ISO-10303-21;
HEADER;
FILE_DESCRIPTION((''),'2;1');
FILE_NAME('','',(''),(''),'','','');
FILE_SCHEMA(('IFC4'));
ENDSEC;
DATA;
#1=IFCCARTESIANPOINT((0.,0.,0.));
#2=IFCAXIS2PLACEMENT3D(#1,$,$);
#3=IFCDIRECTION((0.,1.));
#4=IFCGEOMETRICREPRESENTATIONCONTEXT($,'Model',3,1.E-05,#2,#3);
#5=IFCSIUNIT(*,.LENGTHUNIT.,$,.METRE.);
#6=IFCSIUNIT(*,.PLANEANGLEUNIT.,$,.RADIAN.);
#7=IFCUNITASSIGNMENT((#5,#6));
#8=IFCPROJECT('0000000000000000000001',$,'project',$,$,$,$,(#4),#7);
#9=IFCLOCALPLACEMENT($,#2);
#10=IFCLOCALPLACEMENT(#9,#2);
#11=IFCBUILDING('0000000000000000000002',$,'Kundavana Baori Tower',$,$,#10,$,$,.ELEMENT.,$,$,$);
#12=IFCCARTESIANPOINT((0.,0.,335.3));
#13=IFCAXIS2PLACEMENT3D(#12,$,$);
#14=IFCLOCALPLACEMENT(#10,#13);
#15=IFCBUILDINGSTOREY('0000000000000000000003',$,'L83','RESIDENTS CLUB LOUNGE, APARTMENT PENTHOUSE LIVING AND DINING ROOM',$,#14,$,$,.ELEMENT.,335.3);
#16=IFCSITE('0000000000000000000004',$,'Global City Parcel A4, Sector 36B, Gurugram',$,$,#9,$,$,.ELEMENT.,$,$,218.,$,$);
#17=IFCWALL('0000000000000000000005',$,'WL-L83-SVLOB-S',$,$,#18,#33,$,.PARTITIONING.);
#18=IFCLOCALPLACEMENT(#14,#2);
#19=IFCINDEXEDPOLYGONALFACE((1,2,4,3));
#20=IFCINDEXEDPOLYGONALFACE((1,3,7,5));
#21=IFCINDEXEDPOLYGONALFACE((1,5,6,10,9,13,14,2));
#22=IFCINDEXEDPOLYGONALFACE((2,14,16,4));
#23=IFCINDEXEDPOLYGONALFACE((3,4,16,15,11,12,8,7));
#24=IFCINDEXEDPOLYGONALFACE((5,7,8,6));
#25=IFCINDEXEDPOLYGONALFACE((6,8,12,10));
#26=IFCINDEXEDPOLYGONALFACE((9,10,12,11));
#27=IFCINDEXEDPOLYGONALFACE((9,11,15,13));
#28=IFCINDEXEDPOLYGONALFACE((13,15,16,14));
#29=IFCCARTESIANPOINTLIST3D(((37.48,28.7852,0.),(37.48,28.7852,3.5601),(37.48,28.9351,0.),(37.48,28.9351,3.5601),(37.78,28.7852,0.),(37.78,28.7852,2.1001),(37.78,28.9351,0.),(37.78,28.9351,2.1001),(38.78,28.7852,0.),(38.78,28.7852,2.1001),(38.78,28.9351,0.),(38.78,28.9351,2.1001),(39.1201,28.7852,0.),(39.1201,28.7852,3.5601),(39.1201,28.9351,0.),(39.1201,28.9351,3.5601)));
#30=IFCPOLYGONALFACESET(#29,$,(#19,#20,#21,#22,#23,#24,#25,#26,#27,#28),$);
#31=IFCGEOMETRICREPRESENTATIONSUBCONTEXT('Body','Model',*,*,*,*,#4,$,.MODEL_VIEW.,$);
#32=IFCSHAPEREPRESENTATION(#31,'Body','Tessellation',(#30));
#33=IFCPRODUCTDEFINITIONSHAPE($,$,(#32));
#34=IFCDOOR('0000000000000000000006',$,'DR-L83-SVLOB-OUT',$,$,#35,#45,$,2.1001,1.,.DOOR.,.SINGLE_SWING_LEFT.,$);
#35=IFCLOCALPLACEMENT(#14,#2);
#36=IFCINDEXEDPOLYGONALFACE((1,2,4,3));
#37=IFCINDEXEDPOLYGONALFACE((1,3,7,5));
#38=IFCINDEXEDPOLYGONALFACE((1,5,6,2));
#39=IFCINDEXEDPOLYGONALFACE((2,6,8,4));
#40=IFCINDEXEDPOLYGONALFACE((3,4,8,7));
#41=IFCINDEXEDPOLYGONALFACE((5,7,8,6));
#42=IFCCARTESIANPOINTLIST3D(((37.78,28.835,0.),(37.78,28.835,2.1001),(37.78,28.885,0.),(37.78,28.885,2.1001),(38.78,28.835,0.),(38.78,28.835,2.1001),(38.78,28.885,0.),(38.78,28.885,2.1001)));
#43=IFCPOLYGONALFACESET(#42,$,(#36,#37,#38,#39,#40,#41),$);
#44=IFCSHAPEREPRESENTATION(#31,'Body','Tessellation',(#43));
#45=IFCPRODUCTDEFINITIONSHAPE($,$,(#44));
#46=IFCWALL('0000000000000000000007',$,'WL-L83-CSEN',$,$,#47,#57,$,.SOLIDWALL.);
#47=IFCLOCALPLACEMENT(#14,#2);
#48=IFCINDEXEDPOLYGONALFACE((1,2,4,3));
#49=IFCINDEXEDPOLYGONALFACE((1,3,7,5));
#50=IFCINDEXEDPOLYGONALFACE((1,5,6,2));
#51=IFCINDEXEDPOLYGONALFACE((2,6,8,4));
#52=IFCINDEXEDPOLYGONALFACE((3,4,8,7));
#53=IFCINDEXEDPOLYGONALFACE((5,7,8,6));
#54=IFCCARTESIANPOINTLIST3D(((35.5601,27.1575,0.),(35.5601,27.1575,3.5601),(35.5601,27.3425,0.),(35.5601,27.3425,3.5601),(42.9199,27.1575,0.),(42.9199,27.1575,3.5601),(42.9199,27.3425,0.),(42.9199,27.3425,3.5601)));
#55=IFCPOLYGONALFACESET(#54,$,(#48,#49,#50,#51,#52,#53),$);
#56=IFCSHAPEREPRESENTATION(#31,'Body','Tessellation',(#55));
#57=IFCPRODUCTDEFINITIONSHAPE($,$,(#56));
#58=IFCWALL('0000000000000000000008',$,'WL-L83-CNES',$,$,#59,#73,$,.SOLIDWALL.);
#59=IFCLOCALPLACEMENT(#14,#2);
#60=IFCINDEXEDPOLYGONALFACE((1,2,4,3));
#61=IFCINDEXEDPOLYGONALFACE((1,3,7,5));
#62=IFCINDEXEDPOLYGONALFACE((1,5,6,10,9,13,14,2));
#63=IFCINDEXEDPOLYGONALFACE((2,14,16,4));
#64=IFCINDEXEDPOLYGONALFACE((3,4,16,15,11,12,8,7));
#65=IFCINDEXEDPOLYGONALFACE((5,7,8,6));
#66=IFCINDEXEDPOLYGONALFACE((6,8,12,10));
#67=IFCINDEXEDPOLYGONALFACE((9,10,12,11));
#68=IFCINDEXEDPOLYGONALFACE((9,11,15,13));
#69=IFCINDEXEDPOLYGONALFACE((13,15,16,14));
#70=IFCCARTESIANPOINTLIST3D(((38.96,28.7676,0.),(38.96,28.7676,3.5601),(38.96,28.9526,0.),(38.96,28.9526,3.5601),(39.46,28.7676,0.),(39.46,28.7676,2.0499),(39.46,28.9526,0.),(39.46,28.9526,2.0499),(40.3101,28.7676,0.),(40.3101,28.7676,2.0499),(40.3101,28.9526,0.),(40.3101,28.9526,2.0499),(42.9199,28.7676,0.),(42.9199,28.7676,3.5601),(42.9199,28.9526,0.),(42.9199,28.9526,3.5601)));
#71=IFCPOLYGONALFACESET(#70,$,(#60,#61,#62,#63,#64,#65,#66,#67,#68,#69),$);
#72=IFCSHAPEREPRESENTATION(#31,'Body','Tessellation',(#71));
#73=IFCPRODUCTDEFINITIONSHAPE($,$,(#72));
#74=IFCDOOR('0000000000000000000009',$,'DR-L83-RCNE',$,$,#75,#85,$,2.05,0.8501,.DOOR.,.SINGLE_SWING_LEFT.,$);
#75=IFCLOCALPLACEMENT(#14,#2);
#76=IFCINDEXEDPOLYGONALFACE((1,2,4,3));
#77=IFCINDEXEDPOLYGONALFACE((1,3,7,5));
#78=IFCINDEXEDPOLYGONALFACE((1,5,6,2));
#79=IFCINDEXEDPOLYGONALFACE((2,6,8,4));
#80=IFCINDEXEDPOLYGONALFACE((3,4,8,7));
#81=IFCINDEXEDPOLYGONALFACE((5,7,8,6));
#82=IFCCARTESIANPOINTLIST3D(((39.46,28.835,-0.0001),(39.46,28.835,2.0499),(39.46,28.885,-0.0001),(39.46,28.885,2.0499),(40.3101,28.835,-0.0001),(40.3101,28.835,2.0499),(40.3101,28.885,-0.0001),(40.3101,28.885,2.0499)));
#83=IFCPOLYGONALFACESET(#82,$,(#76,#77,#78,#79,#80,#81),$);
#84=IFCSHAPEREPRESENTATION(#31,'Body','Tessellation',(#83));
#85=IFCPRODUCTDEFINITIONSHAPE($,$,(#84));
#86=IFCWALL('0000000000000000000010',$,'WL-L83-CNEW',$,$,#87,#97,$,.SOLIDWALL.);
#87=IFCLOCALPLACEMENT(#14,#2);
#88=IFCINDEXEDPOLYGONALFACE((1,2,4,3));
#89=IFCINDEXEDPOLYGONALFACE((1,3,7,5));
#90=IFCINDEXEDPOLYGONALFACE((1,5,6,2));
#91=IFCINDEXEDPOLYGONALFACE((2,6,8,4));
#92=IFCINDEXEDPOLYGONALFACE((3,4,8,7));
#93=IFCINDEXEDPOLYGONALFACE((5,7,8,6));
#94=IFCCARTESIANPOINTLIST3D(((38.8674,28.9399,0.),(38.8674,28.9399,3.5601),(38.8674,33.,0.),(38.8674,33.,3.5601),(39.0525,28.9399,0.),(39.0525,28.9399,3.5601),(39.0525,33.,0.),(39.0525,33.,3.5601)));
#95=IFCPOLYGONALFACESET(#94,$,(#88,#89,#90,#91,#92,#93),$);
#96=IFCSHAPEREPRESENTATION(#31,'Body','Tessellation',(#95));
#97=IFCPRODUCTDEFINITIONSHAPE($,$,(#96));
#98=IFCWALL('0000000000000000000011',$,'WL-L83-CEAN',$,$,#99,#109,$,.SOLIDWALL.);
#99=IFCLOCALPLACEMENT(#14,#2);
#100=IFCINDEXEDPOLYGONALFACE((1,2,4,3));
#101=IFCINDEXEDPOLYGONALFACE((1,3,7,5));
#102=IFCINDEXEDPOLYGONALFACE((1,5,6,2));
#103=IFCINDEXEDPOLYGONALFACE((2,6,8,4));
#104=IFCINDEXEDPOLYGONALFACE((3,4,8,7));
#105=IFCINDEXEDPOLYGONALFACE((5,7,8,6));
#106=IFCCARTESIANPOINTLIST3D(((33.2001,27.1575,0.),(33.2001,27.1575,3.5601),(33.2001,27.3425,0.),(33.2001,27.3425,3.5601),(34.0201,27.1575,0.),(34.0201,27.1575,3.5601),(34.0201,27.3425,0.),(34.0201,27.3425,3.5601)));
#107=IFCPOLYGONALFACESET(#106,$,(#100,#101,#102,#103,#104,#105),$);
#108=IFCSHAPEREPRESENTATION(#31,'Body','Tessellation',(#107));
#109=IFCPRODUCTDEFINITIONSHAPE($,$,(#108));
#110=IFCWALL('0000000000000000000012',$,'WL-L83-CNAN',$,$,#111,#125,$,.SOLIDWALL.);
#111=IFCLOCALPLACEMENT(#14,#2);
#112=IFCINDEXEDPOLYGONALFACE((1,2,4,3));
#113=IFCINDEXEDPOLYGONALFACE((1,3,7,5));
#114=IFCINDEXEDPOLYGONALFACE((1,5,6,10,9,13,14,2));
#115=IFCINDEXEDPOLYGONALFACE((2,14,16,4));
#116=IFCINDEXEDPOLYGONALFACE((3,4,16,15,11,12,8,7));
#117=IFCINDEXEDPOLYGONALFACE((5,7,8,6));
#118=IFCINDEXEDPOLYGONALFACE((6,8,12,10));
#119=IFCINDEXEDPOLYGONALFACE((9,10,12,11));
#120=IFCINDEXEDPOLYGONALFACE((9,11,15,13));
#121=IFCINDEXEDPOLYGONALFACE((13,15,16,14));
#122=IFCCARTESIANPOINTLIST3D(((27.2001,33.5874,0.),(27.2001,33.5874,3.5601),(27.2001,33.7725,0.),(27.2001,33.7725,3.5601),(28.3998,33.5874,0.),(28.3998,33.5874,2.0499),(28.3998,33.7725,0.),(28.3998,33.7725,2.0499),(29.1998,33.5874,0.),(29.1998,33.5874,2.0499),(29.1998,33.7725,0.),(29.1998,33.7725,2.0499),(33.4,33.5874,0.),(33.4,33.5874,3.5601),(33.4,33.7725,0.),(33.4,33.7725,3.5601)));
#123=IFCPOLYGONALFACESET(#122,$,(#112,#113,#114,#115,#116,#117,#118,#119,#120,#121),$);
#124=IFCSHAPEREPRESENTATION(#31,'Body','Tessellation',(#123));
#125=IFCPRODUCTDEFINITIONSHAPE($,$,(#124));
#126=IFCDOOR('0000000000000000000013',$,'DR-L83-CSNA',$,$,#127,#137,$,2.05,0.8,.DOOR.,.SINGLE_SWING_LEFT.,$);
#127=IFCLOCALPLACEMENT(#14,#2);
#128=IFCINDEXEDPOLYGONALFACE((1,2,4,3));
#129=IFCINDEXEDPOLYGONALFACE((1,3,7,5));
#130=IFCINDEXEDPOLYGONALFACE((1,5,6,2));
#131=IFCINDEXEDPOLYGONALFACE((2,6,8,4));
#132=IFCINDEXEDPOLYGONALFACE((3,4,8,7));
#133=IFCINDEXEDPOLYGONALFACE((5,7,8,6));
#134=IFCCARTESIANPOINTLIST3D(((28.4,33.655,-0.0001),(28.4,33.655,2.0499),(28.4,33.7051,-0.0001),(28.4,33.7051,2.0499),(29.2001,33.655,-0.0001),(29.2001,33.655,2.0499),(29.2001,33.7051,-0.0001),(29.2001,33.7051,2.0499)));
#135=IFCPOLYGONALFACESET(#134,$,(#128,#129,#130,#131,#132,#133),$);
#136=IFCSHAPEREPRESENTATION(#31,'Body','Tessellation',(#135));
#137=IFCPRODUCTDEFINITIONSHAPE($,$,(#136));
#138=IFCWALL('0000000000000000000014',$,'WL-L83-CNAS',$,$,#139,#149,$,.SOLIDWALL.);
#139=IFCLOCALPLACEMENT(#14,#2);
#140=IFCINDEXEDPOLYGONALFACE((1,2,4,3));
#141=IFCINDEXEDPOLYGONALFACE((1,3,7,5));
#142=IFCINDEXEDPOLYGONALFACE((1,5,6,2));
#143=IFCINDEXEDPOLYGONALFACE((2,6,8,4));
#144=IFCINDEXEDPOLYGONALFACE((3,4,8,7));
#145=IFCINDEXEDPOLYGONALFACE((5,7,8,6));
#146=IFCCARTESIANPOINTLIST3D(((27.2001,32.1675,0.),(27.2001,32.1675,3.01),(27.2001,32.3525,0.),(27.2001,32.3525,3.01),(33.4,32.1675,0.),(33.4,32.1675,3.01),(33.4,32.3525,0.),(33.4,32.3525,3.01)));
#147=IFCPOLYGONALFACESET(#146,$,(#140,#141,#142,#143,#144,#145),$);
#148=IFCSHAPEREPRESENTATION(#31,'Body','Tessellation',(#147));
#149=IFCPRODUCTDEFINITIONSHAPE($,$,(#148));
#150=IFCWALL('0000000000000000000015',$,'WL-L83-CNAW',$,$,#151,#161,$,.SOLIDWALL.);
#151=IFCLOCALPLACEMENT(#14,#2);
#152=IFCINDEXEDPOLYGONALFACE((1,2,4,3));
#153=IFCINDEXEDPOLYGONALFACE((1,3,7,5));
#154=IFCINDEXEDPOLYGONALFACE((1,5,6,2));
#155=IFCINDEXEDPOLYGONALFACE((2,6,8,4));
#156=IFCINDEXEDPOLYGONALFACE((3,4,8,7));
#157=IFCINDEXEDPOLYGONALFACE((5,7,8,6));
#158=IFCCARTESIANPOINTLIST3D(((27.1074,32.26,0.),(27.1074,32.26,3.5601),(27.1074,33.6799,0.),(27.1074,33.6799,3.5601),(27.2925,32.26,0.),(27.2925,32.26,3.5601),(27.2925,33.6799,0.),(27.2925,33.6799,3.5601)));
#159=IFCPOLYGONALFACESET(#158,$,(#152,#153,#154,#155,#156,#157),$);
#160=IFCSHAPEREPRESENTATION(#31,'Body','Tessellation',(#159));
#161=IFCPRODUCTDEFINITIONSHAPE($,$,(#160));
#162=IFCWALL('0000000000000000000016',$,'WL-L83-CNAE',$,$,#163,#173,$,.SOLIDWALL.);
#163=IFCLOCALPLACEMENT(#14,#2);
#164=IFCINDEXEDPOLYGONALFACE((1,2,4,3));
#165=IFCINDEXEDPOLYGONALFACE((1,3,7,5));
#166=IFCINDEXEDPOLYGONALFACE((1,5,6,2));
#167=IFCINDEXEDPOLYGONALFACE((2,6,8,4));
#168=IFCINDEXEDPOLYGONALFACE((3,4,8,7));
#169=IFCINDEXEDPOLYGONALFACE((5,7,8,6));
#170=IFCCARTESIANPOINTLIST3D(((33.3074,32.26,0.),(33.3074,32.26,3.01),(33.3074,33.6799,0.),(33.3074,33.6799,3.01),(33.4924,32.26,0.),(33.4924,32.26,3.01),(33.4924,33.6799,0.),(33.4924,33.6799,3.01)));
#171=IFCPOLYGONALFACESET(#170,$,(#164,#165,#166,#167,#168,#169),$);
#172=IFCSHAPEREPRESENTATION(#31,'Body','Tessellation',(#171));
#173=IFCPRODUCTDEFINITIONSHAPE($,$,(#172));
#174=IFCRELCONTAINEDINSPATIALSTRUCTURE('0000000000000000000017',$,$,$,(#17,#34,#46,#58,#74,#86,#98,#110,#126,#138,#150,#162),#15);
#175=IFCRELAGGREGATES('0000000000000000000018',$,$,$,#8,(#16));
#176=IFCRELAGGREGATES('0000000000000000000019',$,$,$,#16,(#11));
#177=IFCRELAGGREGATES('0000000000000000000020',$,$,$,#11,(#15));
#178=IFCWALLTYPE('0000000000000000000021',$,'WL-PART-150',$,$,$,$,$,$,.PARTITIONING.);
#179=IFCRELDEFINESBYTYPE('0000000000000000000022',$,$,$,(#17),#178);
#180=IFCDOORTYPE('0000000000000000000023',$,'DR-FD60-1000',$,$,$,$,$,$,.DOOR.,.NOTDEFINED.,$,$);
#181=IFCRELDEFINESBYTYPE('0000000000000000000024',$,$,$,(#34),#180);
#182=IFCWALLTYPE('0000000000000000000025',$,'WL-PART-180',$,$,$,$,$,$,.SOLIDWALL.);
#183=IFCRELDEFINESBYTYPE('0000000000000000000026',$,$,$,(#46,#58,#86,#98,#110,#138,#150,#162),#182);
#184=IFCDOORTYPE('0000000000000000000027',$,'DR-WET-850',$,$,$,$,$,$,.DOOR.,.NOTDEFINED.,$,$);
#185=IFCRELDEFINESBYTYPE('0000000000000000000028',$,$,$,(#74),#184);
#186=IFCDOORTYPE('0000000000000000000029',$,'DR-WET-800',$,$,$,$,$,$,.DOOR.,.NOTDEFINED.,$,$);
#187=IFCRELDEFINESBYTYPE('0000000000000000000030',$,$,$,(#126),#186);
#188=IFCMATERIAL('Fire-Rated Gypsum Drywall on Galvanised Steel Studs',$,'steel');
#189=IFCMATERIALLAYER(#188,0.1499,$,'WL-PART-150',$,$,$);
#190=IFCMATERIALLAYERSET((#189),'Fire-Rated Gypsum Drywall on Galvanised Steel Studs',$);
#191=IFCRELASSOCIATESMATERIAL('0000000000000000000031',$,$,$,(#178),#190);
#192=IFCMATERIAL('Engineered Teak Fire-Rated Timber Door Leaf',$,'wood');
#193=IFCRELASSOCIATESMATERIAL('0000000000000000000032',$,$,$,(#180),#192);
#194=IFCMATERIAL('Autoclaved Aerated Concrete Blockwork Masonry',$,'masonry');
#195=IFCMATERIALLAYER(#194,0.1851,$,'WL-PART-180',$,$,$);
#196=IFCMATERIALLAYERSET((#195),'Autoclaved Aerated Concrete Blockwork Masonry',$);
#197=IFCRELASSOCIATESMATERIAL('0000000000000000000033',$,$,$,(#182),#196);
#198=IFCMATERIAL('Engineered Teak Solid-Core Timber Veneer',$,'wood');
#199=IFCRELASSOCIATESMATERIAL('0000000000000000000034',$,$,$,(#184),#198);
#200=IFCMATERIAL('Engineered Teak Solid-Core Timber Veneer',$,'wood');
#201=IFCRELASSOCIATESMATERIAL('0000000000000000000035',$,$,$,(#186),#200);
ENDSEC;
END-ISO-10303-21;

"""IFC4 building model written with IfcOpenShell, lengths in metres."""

from ifc_helpers import new_model, si_unit, direction, frame, frame_2d, origin, place, context, subcontext, project, spatial, rectangle, extrude, material, layer, layer_set, type_object, element, fill, save


model = new_model("IFC4")

# Units and contexts
model_context = context("Model", 3, precision=1e-05, world=origin(), true_north=direction((0.0, 1.0)))
body_context = subcontext(model_context, "Body", "Model", "MODEL_VIEW")
ifc_project = project(units=[si_unit("LENGTHUNIT", "METRE"), si_unit("PLANEANGLEUNIT", "RADIAN")], contexts=[model_context])

# Site, building, storey
site_placement = place(None, origin())
site = spatial("IfcSite", under=ifc_project, at=site_placement, Name="Global City Parcel A4, Sector 36B, Gurugram", CompositionType="ELEMENT", RefElevation=218.0)
building_placement = place(site_placement, origin())
building = spatial("IfcBuilding", under=site, at=building_placement, Name="Kundavana Baori Tower", CompositionType="ELEMENT")
storey_placement = place(building_placement, frame((0.0, 0.0, 335.3)))
storey = spatial("IfcBuildingStorey", under=building, at=storey_placement, Name="L83", Description="RESIDENTS CLUB LOUNGE, APARTMENT PENTHOUSE LIVING AND DINING ROOM", CompositionType="ELEMENT", Elevation=335.3)

# Shared definitions
ifc_material_1 = material(Name="Fire-Rated Gypsum Drywall on Galvanised Steel Studs", Category="steel")
ifc_layer_1 = layer(ifc_material_1, 0.1499, Name="WL-PART-150")
ifc_layer_set_1 = layer_set([ifc_layer_1], Name="Fire-Rated Gypsum Drywall on Galvanised Steel Studs")
wall_type_1 = type_object("IfcWallType", Name="WL-PART-150", PredefinedType="PARTITIONING", material=ifc_layer_set_1)

# Wall, opening, door
wall_1_placement = place(storey_placement, frame((37.48, 28.8601, 0.0), z_axis=(0.0, 0.0, 1.0), x_axis=(1.0, 0.0, 0.0)))
wall_1 = element("IfcWall", 1, at=wall_1_placement, inside=storey, type_object=wall_type_1, Name="WL-L83-SVLOB-S", PredefinedType="PARTITIONING", context=body_context, shape_type="SweptSolid", body=[
    extrude(rectangle(XDim=1.6401, YDim=0.1499, at=frame_2d((0.8201, 0.0))), origin(), (0.0, 0.0, 1.0), 3.5601),
])
opening_1_placement = place(wall_1_placement, frame((0.3, 0.0, 0.0)))
opening_1 = element("IfcOpeningElement", 2, at=opening_1_placement, cuts=wall_1, PredefinedType="OPENING", context=body_context, shape_type="SweptSolid", body=[
    extrude(rectangle(XDim=1.0, YDim=2.1001, at=frame_2d((0.5, 1.05))), frame((0.0, 0.085, 0.0), z_axis=(0.0, -1.0, 0.0), x_axis=(1.0, 0.0, 0.0)), (0.0, 0.0, 1.0), 0.1699),
])
ifc_material_2 = material(Name="Engineered Teak Fire-Rated Timber Door Leaf", Category="wood")
door_type_1 = type_object("IfcDoorType", Name="DR-FD60-1000", OperationType="NOTDEFINED", PredefinedType="DOOR", material=ifc_material_2)
door_1_placement = place(opening_1_placement, origin())
door_1 = element("IfcDoor", 3, at=door_1_placement, inside=storey, type_object=door_type_1, Name="DR-L83-SVLOB-OUT", OperationType="SINGLE_SWING_LEFT", OverallHeight=2.1001, OverallWidth=1.0, PredefinedType="DOOR", context=body_context, shape_type="SweptSolid", body=[
    extrude(rectangle(XDim=1.0, YDim=2.1001, at=frame_2d((0.5, 1.05))), frame((0.0, 0.0249, 0.0), z_axis=(0.0, -1.0, 0.0), x_axis=(1.0, 0.0, 0.0)), (0.0, 0.0, 1.0), 0.05),
])
fill(opening_1, door_1)

# Wall
ifc_material_3 = material(Name="Autoclaved Aerated Concrete Blockwork Masonry", Category="masonry")
ifc_layer_2 = layer(ifc_material_3, 0.1851, Name="WL-PART-180")
ifc_layer_set_2 = layer_set([ifc_layer_2], Name="Autoclaved Aerated Concrete Blockwork Masonry")
wall_type_2 = type_object("IfcWallType", Name="WL-PART-180", PredefinedType="SOLIDWALL", material=ifc_layer_set_2)
wall_2_placement = place(storey_placement, frame((35.5601, 27.25, 0.0), z_axis=(0.0, 0.0, 1.0), x_axis=(1.0, 0.0, 0.0)))
element("IfcWall", 4, at=wall_2_placement, inside=storey, type_object=wall_type_2, Name="WL-L83-CSEN", PredefinedType="SOLIDWALL", context=body_context, shape_type="SweptSolid", body=[
    extrude(rectangle(XDim=7.3599, YDim=0.1851, at=frame_2d((3.6799, 0.0))), origin(), (0.0, 0.0, 1.0), 3.5601),
])

# Wall, opening, door
wall_3_placement = place(storey_placement, frame((38.96, 28.8601, 0.0), z_axis=(0.0, 0.0, 1.0), x_axis=(1.0, 0.0, 0.0)))
wall_3 = element("IfcWall", 5, at=wall_3_placement, inside=storey, type_object=wall_type_2, Name="WL-L83-CNES", PredefinedType="SOLIDWALL", context=body_context, shape_type="SweptSolid", body=[
    extrude(rectangle(XDim=3.96, YDim=0.1851, at=frame_2d((1.98, 0.0))), origin(), (0.0, 0.0, 1.0), 3.5601),
])
opening_2_placement = place(wall_3_placement, frame((0.5, 0.0, 0.0)))
opening_2 = element("IfcOpeningElement", 6, at=opening_2_placement, cuts=wall_3, PredefinedType="OPENING", context=body_context, shape_type="SweptSolid", body=[
    extrude(rectangle(XDim=0.8501, YDim=2.05, at=frame_2d((0.425, 1.0249))), frame((0.0, 0.1025, 0.0), z_axis=(0.0, -1.0, 0.0), x_axis=(1.0, 0.0, 0.0)), (0.0, 0.0, 1.0), 0.2051),
])
ifc_material_4 = material(Name="Engineered Teak Solid-Core Timber Veneer", Category="wood")
door_type_2 = type_object("IfcDoorType", Name="DR-WET-850", OperationType="NOTDEFINED", PredefinedType="DOOR", material=ifc_material_4)
door_2_placement = place(opening_2_placement, origin())
door_2 = element("IfcDoor", 7, at=door_2_placement, inside=storey, type_object=door_type_2, Name="DR-L83-RCNE", OperationType="SINGLE_SWING_LEFT", OverallHeight=2.05, OverallWidth=0.8501, PredefinedType="DOOR", context=body_context, shape_type="SweptSolid", body=[
    extrude(rectangle(XDim=0.8501, YDim=2.05, at=frame_2d((0.425, 1.0249))), frame((0.0, 0.0249, 0.0), z_axis=(0.0, -1.0, 0.0), x_axis=(1.0, 0.0, 0.0)), (0.0, 0.0, 1.0), 0.05),
])
fill(opening_2, door_2)

# Walls
wall_4_placement = place(storey_placement, frame((38.96, 28.9399, 0.0), z_axis=(0.0, 0.0, 1.0), x_axis=(0.0, 1.0, 0.0)))
element("IfcWall", 8, at=wall_4_placement, inside=storey, type_object=wall_type_2, Name="WL-L83-CNEW", PredefinedType="SOLIDWALL", context=body_context, shape_type="SweptSolid", body=[
    extrude(rectangle(XDim=4.0601, YDim=0.1851, at=frame_2d((2.03, 0.0))), origin(), (0.0, 0.0, 1.0), 3.5601),
])
wall_5_placement = place(storey_placement, frame((33.2, 27.25, 0.0), z_axis=(0.0, 0.0, 1.0), x_axis=(1.0, 0.0, 0.0)))
element("IfcWall", 9, at=wall_5_placement, inside=storey, type_object=wall_type_2, Name="WL-L83-CEAN", PredefinedType="SOLIDWALL", context=body_context, shape_type="SweptSolid", body=[
    extrude(rectangle(XDim=0.8201, YDim=0.1851, at=frame_2d((0.4102, 0.0))), origin(), (0.0, 0.0, 1.0), 3.5601),
])

# Wall, opening, door
wall_6_placement = place(storey_placement, frame((27.2, 33.6799, 0.0), z_axis=(0.0, 0.0, 1.0), x_axis=(1.0, 0.0, 0.0)))
wall_6 = element("IfcWall", 10, at=wall_6_placement, inside=storey, type_object=wall_type_2, Name="WL-L83-CNAN", PredefinedType="SOLIDWALL", context=body_context, shape_type="SweptSolid", body=[
    extrude(rectangle(XDim=6.2, YDim=0.1851, at=frame_2d((3.1001, 0.0))), origin(), (0.0, 0.0, 1.0), 3.5601),
])
opening_3_placement = place(wall_6_placement, frame((1.2, 0.0, 0.0)))
opening_3 = element("IfcOpeningElement", 11, at=opening_3_placement, cuts=wall_6, PredefinedType="OPENING", context=body_context, shape_type="SweptSolid", body=[
    extrude(rectangle(XDim=0.8, YDim=2.05, at=frame_2d((0.3999, 1.0249))), frame((0.0, 0.1025, 0.0), z_axis=(0.0, -1.0, 0.0), x_axis=(1.0, 0.0, 0.0)), (0.0, 0.0, 1.0), 0.2051),
])
ifc_material_5 = material(Name="Engineered Teak Solid-Core Timber Veneer", Category="wood")
door_type_3 = type_object("IfcDoorType", Name="DR-WET-800", OperationType="NOTDEFINED", PredefinedType="DOOR", material=ifc_material_5)
door_3_placement = place(opening_3_placement, frame((0.8, 0.0, 0.0), z_axis=(0.0, 0.0, 1.0), x_axis=(-1.0, 0.0, 0.0)))
door_3 = element("IfcDoor", 12, at=door_3_placement, inside=storey, type_object=door_type_3, Name="DR-L83-CSNA", OperationType="SINGLE_SWING_LEFT", OverallHeight=2.05, OverallWidth=0.8, PredefinedType="DOOR", context=body_context, shape_type="SweptSolid", body=[
    extrude(rectangle(XDim=0.8, YDim=2.05, at=frame_2d((0.3999, 1.0249))), frame((0.0, 0.0249, 0.0), z_axis=(0.0, -1.0, 0.0), x_axis=(1.0, 0.0, 0.0)), (0.0, 0.0, 1.0), 0.05),
])
fill(opening_3, door_3)

# Walls
wall_7_placement = place(storey_placement, frame((27.2, 32.26, 0.0), z_axis=(0.0, 0.0, 1.0), x_axis=(1.0, 0.0, 0.0)))
element("IfcWall", 13, at=wall_7_placement, inside=storey, type_object=wall_type_2, Name="WL-L83-CNAS", PredefinedType="SOLIDWALL", context=body_context, shape_type="SweptSolid", body=[
    extrude(rectangle(XDim=6.2, YDim=0.1851, at=frame_2d((3.1001, 0.0))), origin(), (0.0, 0.0, 1.0), 3.01),
])
wall_8_placement = place(storey_placement, frame((27.2, 32.26, 0.0), z_axis=(0.0, 0.0, 1.0), x_axis=(0.0, 1.0, 0.0)))
element("IfcWall", 14, at=wall_8_placement, inside=storey, type_object=wall_type_2, Name="WL-L83-CNAW", PredefinedType="SOLIDWALL", context=body_context, shape_type="SweptSolid", body=[
    extrude(rectangle(XDim=1.4199, YDim=0.1851, at=frame_2d((0.71, 0.0))), origin(), (0.0, 0.0, 1.0), 3.5601),
])
wall_9_placement = place(storey_placement, frame((33.3999, 32.26, 0.0), z_axis=(0.0, 0.0, 1.0), x_axis=(0.0, 1.0, 0.0)))
element("IfcWall", 15, at=wall_9_placement, inside=storey, type_object=wall_type_2, Name="WL-L83-CNAE", PredefinedType="SOLIDWALL", context=body_context, shape_type="SweptSolid", body=[
    extrude(rectangle(XDim=1.4199, YDim=0.1851, at=frame_2d((0.71, 0.0))), origin(), (0.0, 0.0, 1.0), 3.01),
])

save(model, "model.ifc")
